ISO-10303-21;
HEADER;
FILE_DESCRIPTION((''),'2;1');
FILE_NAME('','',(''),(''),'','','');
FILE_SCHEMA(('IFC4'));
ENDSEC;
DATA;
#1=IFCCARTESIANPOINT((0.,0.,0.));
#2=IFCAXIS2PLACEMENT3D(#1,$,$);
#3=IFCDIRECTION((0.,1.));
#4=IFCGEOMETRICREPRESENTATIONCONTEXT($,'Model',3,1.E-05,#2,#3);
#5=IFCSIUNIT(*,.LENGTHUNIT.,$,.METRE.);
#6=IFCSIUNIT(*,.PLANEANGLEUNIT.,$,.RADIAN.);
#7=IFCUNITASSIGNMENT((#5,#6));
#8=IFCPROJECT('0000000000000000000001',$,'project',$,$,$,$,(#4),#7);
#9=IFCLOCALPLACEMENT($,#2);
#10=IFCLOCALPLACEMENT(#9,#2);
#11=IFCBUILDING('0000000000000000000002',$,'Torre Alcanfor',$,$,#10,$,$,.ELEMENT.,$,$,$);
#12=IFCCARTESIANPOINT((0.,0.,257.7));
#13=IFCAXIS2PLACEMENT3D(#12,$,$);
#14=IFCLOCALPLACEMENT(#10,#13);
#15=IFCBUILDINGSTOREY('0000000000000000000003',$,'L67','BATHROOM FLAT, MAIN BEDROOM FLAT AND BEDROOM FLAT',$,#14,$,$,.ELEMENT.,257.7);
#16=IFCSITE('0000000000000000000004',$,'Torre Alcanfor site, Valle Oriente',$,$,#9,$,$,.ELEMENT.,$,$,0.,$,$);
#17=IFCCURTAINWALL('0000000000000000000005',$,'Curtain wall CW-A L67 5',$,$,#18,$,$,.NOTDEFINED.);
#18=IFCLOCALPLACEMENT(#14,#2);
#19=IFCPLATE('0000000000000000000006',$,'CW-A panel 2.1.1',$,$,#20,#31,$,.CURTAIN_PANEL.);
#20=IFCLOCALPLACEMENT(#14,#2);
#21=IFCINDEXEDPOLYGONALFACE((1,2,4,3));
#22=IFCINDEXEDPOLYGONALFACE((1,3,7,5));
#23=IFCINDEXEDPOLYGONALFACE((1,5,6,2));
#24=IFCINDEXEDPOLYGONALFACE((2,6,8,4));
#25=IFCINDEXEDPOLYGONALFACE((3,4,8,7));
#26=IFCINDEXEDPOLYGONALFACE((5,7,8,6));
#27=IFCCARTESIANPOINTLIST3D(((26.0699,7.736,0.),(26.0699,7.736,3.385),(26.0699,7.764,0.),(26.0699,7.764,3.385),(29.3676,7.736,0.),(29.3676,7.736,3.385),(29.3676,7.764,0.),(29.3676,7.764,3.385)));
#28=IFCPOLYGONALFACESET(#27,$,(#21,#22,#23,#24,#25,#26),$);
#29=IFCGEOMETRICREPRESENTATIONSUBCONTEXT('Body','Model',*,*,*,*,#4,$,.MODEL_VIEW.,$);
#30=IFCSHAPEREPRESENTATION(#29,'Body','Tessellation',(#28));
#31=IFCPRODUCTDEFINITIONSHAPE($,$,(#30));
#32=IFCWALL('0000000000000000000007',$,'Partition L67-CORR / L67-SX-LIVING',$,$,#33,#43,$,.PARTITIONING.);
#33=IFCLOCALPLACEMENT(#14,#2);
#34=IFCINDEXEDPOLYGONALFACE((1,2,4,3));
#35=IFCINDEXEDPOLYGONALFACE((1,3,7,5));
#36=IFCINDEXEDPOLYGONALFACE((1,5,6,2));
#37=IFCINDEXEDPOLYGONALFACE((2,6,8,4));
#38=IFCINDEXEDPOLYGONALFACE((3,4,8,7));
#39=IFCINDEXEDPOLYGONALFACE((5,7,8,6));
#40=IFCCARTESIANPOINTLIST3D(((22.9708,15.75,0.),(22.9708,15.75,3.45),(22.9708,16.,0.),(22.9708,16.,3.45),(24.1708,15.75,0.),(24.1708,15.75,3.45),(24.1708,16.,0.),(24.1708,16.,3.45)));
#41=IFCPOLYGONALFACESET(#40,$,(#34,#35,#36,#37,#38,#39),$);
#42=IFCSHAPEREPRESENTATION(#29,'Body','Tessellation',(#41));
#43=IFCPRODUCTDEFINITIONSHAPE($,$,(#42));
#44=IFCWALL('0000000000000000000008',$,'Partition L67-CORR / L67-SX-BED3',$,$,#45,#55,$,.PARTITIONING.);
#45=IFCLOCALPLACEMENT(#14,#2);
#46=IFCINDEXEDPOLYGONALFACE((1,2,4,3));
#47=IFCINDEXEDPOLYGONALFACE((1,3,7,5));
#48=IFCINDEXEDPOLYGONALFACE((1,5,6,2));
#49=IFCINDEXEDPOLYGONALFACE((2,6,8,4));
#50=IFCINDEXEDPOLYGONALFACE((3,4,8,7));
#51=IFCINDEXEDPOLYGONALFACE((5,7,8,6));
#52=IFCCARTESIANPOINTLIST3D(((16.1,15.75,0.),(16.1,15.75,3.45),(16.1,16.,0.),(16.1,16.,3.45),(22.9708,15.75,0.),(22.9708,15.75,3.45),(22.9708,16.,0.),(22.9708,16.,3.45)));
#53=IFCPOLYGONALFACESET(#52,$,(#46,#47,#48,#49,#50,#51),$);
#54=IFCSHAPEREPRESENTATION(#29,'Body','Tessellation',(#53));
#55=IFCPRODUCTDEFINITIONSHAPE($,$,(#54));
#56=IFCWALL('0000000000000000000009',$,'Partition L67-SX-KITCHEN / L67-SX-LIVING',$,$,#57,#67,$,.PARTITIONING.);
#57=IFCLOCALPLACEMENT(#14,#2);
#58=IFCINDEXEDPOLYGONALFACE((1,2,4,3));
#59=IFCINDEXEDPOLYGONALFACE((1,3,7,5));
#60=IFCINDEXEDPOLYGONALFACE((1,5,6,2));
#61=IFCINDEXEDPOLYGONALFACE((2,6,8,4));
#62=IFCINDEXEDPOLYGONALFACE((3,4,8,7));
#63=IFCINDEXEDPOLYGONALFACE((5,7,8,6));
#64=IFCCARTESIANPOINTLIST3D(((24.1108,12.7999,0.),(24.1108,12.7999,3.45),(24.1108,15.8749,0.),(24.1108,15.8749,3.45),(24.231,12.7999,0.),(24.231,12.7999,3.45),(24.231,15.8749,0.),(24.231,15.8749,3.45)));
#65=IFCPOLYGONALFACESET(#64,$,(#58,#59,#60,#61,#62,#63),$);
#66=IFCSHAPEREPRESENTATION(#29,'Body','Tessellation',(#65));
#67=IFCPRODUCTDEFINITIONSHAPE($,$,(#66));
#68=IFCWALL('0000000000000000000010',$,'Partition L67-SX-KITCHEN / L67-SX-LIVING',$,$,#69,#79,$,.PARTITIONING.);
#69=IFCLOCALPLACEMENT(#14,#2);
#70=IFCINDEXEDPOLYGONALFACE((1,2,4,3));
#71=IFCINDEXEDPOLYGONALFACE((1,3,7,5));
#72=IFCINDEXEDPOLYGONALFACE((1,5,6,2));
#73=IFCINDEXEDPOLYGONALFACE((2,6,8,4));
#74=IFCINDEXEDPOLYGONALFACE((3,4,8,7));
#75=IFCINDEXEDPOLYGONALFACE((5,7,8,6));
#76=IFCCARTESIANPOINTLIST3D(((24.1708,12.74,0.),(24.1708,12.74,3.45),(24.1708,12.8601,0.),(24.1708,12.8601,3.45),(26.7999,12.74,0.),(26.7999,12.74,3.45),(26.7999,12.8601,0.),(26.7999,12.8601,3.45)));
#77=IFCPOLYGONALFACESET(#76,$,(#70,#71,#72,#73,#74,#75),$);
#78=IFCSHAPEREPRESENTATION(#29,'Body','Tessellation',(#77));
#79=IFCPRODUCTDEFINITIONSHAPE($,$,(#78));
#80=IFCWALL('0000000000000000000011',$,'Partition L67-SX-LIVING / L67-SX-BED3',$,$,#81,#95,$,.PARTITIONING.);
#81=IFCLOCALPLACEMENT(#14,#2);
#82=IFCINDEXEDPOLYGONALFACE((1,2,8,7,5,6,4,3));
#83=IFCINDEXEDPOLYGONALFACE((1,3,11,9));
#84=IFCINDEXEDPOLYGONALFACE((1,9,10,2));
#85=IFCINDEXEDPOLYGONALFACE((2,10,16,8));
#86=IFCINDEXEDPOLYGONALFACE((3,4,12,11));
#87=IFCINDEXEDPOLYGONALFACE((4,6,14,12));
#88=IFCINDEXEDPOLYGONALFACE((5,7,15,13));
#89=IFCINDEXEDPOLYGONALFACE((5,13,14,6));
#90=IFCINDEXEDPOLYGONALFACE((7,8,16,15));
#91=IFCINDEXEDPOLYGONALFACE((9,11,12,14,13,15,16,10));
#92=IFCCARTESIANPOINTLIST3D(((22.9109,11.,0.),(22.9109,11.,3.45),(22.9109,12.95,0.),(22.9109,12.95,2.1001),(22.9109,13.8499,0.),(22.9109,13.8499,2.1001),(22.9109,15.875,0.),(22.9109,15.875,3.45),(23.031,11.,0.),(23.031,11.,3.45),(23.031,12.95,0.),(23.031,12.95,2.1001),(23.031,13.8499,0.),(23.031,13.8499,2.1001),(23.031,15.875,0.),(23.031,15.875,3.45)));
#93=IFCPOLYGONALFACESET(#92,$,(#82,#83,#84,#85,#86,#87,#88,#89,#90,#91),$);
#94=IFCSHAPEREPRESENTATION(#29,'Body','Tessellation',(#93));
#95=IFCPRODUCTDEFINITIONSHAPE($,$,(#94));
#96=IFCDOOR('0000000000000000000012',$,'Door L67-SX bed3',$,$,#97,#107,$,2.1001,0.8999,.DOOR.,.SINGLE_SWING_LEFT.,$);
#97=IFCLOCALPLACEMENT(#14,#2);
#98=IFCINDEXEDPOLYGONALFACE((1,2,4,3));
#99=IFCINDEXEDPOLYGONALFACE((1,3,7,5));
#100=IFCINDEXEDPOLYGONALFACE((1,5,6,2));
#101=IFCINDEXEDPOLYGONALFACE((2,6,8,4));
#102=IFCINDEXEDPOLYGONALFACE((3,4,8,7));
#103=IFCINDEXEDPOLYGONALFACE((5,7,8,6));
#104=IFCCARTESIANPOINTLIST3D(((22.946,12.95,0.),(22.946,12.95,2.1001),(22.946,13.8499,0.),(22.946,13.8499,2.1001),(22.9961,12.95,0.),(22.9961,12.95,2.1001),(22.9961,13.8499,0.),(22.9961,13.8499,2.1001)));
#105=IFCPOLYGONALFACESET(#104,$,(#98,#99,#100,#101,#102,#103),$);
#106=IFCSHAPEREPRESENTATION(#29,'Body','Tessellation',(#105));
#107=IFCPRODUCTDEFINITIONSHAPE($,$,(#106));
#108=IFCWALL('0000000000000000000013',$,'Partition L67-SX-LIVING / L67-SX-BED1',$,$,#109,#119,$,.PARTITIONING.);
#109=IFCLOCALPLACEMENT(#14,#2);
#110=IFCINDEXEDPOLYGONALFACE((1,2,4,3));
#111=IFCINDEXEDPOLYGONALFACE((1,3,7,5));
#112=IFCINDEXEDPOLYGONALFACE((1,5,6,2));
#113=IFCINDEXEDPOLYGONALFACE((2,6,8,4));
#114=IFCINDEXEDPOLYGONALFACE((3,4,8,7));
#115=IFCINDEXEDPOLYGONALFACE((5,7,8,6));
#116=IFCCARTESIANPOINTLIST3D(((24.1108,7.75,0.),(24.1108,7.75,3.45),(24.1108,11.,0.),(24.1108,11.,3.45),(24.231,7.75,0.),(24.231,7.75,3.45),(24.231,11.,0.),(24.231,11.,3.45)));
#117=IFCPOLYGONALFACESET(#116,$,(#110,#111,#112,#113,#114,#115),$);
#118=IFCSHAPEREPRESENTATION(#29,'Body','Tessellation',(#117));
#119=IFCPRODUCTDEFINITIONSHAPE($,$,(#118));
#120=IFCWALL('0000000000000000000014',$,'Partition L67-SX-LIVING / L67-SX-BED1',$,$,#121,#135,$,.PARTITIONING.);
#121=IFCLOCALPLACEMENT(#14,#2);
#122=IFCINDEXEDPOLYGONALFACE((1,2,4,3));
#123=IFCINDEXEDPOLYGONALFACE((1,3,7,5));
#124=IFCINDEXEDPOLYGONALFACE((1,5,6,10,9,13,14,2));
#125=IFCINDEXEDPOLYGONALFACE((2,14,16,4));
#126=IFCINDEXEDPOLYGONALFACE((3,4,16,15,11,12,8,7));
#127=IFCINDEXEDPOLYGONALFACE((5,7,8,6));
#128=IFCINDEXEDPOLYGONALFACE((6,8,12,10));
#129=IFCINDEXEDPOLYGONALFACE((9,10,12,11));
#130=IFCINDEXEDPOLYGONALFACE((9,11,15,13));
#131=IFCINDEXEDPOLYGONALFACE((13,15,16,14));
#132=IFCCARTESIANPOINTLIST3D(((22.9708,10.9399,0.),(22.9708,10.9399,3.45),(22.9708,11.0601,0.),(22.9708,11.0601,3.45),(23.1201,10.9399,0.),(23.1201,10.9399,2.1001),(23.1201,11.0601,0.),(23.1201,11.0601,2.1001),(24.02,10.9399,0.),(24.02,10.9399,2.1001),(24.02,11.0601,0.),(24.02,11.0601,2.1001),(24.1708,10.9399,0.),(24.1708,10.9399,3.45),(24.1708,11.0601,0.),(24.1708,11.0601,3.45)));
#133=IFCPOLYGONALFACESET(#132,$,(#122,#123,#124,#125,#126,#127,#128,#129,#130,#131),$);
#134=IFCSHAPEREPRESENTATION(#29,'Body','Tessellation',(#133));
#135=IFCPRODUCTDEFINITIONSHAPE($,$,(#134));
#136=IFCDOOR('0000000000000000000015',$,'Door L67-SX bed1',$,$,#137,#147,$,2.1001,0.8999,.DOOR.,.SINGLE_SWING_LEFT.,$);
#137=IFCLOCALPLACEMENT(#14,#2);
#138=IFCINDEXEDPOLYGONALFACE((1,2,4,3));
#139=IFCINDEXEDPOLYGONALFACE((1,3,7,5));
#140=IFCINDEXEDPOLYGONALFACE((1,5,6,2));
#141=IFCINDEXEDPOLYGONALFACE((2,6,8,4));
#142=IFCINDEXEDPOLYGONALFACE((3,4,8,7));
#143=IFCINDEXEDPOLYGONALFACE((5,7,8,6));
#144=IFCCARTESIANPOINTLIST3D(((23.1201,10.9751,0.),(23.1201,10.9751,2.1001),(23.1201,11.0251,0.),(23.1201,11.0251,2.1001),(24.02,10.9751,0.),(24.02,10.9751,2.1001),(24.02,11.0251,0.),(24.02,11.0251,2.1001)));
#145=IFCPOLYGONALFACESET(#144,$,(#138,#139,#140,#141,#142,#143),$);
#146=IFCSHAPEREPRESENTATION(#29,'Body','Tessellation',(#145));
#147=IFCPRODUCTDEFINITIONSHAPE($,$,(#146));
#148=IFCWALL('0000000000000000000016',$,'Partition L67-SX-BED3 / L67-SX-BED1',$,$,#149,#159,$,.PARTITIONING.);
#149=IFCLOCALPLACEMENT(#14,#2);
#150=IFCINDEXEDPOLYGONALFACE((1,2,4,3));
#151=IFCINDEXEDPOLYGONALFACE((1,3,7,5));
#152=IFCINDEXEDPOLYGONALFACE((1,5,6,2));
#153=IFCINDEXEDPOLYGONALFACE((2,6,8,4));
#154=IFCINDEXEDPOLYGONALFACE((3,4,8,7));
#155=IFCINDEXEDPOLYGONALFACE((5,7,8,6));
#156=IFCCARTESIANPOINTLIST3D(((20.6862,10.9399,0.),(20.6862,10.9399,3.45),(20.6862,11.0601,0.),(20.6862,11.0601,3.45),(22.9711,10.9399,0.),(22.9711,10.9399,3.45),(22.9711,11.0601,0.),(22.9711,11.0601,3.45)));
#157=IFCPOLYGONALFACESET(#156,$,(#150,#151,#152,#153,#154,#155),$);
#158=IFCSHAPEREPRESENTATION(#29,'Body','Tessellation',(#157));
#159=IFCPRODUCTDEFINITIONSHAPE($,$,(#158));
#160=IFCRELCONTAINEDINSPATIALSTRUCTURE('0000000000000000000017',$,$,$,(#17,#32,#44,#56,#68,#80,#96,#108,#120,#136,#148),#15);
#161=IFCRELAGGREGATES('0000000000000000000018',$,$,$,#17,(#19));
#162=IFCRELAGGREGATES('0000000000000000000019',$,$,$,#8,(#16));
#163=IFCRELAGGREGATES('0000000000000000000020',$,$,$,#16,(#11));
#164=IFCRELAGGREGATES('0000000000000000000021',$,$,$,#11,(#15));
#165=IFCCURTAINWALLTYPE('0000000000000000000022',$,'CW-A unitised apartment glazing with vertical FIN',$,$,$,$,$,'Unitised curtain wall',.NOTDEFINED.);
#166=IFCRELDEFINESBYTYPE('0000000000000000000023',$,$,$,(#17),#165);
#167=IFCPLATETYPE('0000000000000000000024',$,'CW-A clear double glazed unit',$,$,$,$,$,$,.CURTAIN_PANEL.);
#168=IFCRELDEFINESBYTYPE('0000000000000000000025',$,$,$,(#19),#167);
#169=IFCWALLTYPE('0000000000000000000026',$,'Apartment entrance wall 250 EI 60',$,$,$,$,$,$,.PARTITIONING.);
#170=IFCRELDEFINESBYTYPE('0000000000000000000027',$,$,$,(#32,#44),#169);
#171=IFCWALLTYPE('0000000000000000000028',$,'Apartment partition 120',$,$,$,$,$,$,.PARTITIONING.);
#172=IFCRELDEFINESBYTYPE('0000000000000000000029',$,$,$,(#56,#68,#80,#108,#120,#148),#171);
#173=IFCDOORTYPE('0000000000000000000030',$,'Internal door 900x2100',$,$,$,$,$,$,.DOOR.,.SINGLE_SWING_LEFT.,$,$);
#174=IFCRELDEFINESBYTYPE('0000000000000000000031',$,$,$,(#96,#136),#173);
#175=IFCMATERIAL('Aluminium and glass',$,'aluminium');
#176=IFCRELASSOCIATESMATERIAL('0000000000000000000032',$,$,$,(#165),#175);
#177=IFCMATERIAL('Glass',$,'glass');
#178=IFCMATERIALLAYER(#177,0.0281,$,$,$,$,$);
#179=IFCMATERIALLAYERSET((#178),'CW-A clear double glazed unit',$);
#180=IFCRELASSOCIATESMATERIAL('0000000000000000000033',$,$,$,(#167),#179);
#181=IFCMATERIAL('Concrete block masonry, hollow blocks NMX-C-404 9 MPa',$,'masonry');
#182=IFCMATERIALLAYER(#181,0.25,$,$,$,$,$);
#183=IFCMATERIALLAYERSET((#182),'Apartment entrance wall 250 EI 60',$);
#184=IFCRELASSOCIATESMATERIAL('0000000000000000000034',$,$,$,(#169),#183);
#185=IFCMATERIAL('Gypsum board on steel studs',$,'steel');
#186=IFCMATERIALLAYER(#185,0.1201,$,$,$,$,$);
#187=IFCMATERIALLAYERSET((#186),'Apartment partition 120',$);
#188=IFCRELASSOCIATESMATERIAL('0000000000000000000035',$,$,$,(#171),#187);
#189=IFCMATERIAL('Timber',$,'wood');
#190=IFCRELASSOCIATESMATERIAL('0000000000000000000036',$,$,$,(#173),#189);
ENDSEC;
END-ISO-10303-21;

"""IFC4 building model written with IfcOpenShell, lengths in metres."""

from ifc_helpers import new_model, si_unit, direction, frame, frame_2d, origin, origin_2d, place, context, subcontext, project, spatial, rectangle, extrude, material, layer, layer_set, type_object, element, fill, aggregate, save


model = new_model("IFC4")

# Units and contexts
model_context = context("Model", 3, precision=1e-05, world=origin(), true_north=direction((0.0, 1.0)))
body_context = subcontext(model_context, "Body", "Model", "MODEL_VIEW")
ifc_project = project(units=[si_unit("LENGTHUNIT", "METRE"), si_unit("PLANEANGLEUNIT", "RADIAN")], contexts=[model_context])

# Site, building, storey
site_placement = place(None, origin())
site = spatial("IfcSite", under=ifc_project, at=site_placement, Name="Torre Alcanfor site, Valle Oriente", CompositionType="ELEMENT", RefElevation=0.0)
building_placement = place(site_placement, origin())
building = spatial("IfcBuilding", under=site, at=building_placement, Name="Torre Alcanfor", CompositionType="ELEMENT")
storey_placement = place(building_placement, frame((0.0, 0.0, 257.7)))
storey = spatial("IfcBuildingStorey", under=building, at=storey_placement, Name="L67", Description="BATHROOM FLAT, MAIN BEDROOM FLAT AND BEDROOM FLAT", CompositionType="ELEMENT", Elevation=257.7)

# Curtain wall
ifc_material_1 = material(Name="Aluminium and glass", Category="aluminium")
curtain_wall_type = type_object("IfcCurtainWallType", Name="CW-A unitised apartment glazing with vertical FIN", ElementType="Unitised curtain wall", PredefinedType="NOTDEFINED", material=ifc_material_1)
curtain_wall_placement = place(storey_placement, origin())
curtain_wall = element("IfcCurtainWall", 1, at=curtain_wall_placement, inside=storey, type_object=curtain_wall_type, Name="Curtain wall CW-A L67 5", PredefinedType="NOTDEFINED")

# Plate
ifc_material_2 = material(Name="Glass", Category="glass")
ifc_layer_1 = layer(ifc_material_2, 0.0281)
ifc_layer_set_1 = layer_set([ifc_layer_1], Name="CW-A clear double glazed unit")
plate_type = type_object("IfcPlateType", Name="CW-A clear double glazed unit", PredefinedType="CURTAIN_PANEL", material=ifc_layer_set_1)
plate_1_placement = place(storey_placement, frame((27.7188, 7.75, 0.0), z_axis=(0.0, 0.0, 1.0), x_axis=(1.0, 0.0, 0.0)))
plate_1 = element("IfcPlate", 2, at=plate_1_placement, type_object=plate_type, Name="CW-A panel 2.1.1", PredefinedType="CURTAIN_PANEL", context=body_context, shape_type="SweptSolid", body=[
    extrude(rectangle(XDim=3.2976, YDim=0.0281, at=origin_2d()), origin(), (0.0, 0.0, 1.0), 3.385),
])
aggregate(curtain_wall, [plate_1])

# Walls
ifc_material_3 = material(Name="Concrete block masonry, hollow blocks NMX-C-404 9 MPa", Category="masonry")
ifc_layer_2 = layer(ifc_material_3, 0.25)
ifc_layer_set_2 = layer_set([ifc_layer_2], Name="Apartment entrance wall 250 EI 60")
wall_type_1 = type_object("IfcWallType", Name="Apartment entrance wall 250 EI 60", PredefinedType="PARTITIONING", material=ifc_layer_set_2)
wall_1_placement = place(storey_placement, frame((24.1709, 15.875, 0.0), z_axis=(0.0, 0.0, 1.0), x_axis=(-1.0, 0.0, 0.0)))
element("IfcWall", 3, at=wall_1_placement, inside=storey, type_object=wall_type_1, Name="Partition L67-CORR / L67-SX-LIVING", PredefinedType="PARTITIONING", context=body_context, shape_type="SweptSolid", body=[
    extrude(rectangle(XDim=1.2, YDim=0.25, at=frame_2d((0.6001, 0.0))), origin(), (0.0, 0.0, 1.0), 3.45),
])
wall_2_placement = place(storey_placement, frame((22.9709, 15.875, 0.0), z_axis=(0.0, 0.0, 1.0), x_axis=(-1.0, 0.0, 0.0)))
element("IfcWall", 4, at=wall_2_placement, inside=storey, type_object=wall_type_1, Name="Partition L67-CORR / L67-SX-BED3", PredefinedType="PARTITIONING", context=body_context, shape_type="SweptSolid", body=[
    extrude(rectangle(XDim=6.8708, YDim=0.25, at=frame_2d((3.4355, 0.0))), origin(), (0.0, 0.0, 1.0), 3.45),
])
ifc_material_4 = material(Name="Gypsum board on steel studs", Category="steel")
ifc_layer_3 = layer(ifc_material_4, 0.1201)
ifc_layer_set_3 = layer_set([ifc_layer_3], Name="Apartment partition 120")
wall_type_2 = type_object("IfcWallType", Name="Apartment partition 120", PredefinedType="PARTITIONING", material=ifc_layer_set_3)
wall_3_placement = place(storey_placement, frame((24.1709, 15.875, 0.0), z_axis=(0.0, 0.0, 1.0), x_axis=(0.0, -1.0, 0.0)))
element("IfcWall", 5, at=wall_3_placement, inside=storey, type_object=wall_type_2, Name="Partition L67-SX-KITCHEN / L67-SX-LIVING", PredefinedType="PARTITIONING", context=body_context, shape_type="SweptSolid", body=[
    extrude(rectangle(XDim=3.075, YDim=0.1201, at=frame_2d((1.5376, 0.0))), origin(), (0.0, 0.0, 1.0), 3.45),
])
wall_4_placement = place(storey_placement, frame((24.1709, 12.8, 0.0), z_axis=(0.0, 0.0, 1.0), x_axis=(1.0, 0.0, 0.0)))
element("IfcWall", 6, at=wall_4_placement, inside=storey, type_object=wall_type_2, Name="Partition L67-SX-KITCHEN / L67-SX-LIVING", PredefinedType="PARTITIONING", context=body_context, shape_type="SweptSolid", body=[
    extrude(rectangle(XDim=2.6292, YDim=0.1201, at=frame_2d((1.3145, 0.0))), origin(), (0.0, 0.0, 1.0), 3.45),
])

# Wall, opening, door
wall_5_placement = place(storey_placement, frame((22.9709, 11.0, 0.0), z_axis=(0.0, 0.0, 1.0), x_axis=(0.0, 1.0, 0.0)))
wall_5 = element("IfcWall", 7, at=wall_5_placement, inside=storey, type_object=wall_type_2, Name="Partition L67-SX-LIVING / L67-SX-BED3", PredefinedType="PARTITIONING", context=body_context, shape_type="SweptSolid", body=[
    extrude(rectangle(XDim=4.875, YDim=0.1201, at=frame_2d((2.4375, 0.0))), origin(), (0.0, 0.0, 1.0), 3.45),
])
opening_1_placement = place(wall_5_placement, frame((1.95, 0.0, 0.0)))
opening_1 = element("IfcOpeningElement", 8, at=opening_1_placement, cuts=wall_5, PredefinedType="OPENING", context=body_context, shape_type="SweptSolid", body=[
    extrude(rectangle(XDim=0.8999, YDim=2.1001, at=frame_2d((0.45, 1.05))), frame((0.0, 0.0701, 0.0), z_axis=(0.0, -1.0, 0.0), x_axis=(1.0, 0.0, 0.0)), (0.0, 0.0, 1.0), 0.1401),
])
ifc_material_5 = material(Name="Timber", Category="wood")
door_type_1 = type_object("IfcDoorType", Name="Internal door 900x2100", OperationType="SINGLE_SWING_LEFT", PredefinedType="DOOR", material=ifc_material_5)
door_1_placement = place(opening_1_placement, origin())
door_1 = element("IfcDoor", 9, at=door_1_placement, inside=storey, type_object=door_type_1, Name="Door L67-SX bed3", OperationType="SINGLE_SWING_LEFT", OverallHeight=2.1001, OverallWidth=0.8999, PredefinedType="DOOR", context=body_context, shape_type="SweptSolid", body=[
    extrude(rectangle(XDim=0.8999, YDim=2.1001, at=frame_2d((0.45, 1.05))), frame((0.0, 0.0249, 0.0), z_axis=(0.0, -1.0, 0.0), x_axis=(1.0, 0.0, 0.0)), (0.0, 0.0, 1.0), 0.05),
])
fill(opening_1, door_1)

# Wall
wall_6_placement = place(storey_placement, frame((24.1709, 7.75, 0.0), z_axis=(0.0, 0.0, 1.0), x_axis=(0.0, 1.0, 0.0)))
element("IfcWall", 10, at=wall_6_placement, inside=storey, type_object=wall_type_2, Name="Partition L67-SX-LIVING / L67-SX-BED1", PredefinedType="PARTITIONING", context=body_context, shape_type="SweptSolid", body=[
    extrude(rectangle(XDim=3.25, YDim=0.1201, at=frame_2d((1.625, 0.0))), origin(), (0.0, 0.0, 1.0), 3.45),
])

# Wall, opening, door
wall_7_placement = place(storey_placement, frame((24.1709, 11.0, 0.0), z_axis=(0.0, 0.0, 1.0), x_axis=(-1.0, 0.0, 0.0)))
wall_7 = element("IfcWall", 11, at=wall_7_placement, inside=storey, type_object=wall_type_2, Name="Partition L67-SX-LIVING / L67-SX-BED1", PredefinedType="PARTITIONING", context=body_context, shape_type="SweptSolid", body=[
    extrude(rectangle(XDim=1.2, YDim=0.1201, at=frame_2d((0.6001, 0.0))), origin(), (0.0, 0.0, 1.0), 3.45),
])
opening_2_placement = place(wall_7_placement, frame((0.1509, 0.0, 0.0)))
opening_2 = element("IfcOpeningElement", 12, at=opening_2_placement, cuts=wall_7, PredefinedType="OPENING", context=body_context, shape_type="SweptSolid", body=[
    extrude(rectangle(XDim=0.8999, YDim=2.1001, at=frame_2d((0.45, 1.05))), frame((0.0, 0.0701, 0.0), z_axis=(0.0, -1.0, 0.0), x_axis=(1.0, 0.0, 0.0)), (0.0, 0.0, 1.0), 0.1401),
])
door_2_placement = place(opening_2_placement, origin())
door_2 = element("IfcDoor", 13, at=door_2_placement, inside=storey, type_object=door_type_1, Name="Door L67-SX bed1", OperationType="SINGLE_SWING_LEFT", OverallHeight=2.1001, OverallWidth=0.8999, PredefinedType="DOOR", context=body_context, shape_type="SweptSolid", body=[
    extrude(rectangle(XDim=0.8999, YDim=2.1001, at=frame_2d((0.45, 1.05))), frame((0.0, 0.0249, 0.0), z_axis=(0.0, -1.0, 0.0), x_axis=(1.0, 0.0, 0.0)), (0.0, 0.0, 1.0), 0.05),
])
fill(opening_2, door_2)

# Wall
wall_8_placement = place(storey_placement, frame((20.686, 11.0, 0.0), z_axis=(0.0, 0.0, 1.0), x_axis=(1.0, 0.0, 0.0)))
element("IfcWall", 14, at=wall_8_placement, inside=storey, type_object=wall_type_2, Name="Partition L67-SX-BED3 / L67-SX-BED1", PredefinedType="PARTITIONING", context=body_context, shape_type="SweptSolid", body=[
    extrude(rectangle(XDim=2.2849, YDim=0.1201, at=frame_2d((1.1426, 0.0))), origin(), (0.0, 0.0, 1.0), 3.45),
])

save(model, "model.ifc")
